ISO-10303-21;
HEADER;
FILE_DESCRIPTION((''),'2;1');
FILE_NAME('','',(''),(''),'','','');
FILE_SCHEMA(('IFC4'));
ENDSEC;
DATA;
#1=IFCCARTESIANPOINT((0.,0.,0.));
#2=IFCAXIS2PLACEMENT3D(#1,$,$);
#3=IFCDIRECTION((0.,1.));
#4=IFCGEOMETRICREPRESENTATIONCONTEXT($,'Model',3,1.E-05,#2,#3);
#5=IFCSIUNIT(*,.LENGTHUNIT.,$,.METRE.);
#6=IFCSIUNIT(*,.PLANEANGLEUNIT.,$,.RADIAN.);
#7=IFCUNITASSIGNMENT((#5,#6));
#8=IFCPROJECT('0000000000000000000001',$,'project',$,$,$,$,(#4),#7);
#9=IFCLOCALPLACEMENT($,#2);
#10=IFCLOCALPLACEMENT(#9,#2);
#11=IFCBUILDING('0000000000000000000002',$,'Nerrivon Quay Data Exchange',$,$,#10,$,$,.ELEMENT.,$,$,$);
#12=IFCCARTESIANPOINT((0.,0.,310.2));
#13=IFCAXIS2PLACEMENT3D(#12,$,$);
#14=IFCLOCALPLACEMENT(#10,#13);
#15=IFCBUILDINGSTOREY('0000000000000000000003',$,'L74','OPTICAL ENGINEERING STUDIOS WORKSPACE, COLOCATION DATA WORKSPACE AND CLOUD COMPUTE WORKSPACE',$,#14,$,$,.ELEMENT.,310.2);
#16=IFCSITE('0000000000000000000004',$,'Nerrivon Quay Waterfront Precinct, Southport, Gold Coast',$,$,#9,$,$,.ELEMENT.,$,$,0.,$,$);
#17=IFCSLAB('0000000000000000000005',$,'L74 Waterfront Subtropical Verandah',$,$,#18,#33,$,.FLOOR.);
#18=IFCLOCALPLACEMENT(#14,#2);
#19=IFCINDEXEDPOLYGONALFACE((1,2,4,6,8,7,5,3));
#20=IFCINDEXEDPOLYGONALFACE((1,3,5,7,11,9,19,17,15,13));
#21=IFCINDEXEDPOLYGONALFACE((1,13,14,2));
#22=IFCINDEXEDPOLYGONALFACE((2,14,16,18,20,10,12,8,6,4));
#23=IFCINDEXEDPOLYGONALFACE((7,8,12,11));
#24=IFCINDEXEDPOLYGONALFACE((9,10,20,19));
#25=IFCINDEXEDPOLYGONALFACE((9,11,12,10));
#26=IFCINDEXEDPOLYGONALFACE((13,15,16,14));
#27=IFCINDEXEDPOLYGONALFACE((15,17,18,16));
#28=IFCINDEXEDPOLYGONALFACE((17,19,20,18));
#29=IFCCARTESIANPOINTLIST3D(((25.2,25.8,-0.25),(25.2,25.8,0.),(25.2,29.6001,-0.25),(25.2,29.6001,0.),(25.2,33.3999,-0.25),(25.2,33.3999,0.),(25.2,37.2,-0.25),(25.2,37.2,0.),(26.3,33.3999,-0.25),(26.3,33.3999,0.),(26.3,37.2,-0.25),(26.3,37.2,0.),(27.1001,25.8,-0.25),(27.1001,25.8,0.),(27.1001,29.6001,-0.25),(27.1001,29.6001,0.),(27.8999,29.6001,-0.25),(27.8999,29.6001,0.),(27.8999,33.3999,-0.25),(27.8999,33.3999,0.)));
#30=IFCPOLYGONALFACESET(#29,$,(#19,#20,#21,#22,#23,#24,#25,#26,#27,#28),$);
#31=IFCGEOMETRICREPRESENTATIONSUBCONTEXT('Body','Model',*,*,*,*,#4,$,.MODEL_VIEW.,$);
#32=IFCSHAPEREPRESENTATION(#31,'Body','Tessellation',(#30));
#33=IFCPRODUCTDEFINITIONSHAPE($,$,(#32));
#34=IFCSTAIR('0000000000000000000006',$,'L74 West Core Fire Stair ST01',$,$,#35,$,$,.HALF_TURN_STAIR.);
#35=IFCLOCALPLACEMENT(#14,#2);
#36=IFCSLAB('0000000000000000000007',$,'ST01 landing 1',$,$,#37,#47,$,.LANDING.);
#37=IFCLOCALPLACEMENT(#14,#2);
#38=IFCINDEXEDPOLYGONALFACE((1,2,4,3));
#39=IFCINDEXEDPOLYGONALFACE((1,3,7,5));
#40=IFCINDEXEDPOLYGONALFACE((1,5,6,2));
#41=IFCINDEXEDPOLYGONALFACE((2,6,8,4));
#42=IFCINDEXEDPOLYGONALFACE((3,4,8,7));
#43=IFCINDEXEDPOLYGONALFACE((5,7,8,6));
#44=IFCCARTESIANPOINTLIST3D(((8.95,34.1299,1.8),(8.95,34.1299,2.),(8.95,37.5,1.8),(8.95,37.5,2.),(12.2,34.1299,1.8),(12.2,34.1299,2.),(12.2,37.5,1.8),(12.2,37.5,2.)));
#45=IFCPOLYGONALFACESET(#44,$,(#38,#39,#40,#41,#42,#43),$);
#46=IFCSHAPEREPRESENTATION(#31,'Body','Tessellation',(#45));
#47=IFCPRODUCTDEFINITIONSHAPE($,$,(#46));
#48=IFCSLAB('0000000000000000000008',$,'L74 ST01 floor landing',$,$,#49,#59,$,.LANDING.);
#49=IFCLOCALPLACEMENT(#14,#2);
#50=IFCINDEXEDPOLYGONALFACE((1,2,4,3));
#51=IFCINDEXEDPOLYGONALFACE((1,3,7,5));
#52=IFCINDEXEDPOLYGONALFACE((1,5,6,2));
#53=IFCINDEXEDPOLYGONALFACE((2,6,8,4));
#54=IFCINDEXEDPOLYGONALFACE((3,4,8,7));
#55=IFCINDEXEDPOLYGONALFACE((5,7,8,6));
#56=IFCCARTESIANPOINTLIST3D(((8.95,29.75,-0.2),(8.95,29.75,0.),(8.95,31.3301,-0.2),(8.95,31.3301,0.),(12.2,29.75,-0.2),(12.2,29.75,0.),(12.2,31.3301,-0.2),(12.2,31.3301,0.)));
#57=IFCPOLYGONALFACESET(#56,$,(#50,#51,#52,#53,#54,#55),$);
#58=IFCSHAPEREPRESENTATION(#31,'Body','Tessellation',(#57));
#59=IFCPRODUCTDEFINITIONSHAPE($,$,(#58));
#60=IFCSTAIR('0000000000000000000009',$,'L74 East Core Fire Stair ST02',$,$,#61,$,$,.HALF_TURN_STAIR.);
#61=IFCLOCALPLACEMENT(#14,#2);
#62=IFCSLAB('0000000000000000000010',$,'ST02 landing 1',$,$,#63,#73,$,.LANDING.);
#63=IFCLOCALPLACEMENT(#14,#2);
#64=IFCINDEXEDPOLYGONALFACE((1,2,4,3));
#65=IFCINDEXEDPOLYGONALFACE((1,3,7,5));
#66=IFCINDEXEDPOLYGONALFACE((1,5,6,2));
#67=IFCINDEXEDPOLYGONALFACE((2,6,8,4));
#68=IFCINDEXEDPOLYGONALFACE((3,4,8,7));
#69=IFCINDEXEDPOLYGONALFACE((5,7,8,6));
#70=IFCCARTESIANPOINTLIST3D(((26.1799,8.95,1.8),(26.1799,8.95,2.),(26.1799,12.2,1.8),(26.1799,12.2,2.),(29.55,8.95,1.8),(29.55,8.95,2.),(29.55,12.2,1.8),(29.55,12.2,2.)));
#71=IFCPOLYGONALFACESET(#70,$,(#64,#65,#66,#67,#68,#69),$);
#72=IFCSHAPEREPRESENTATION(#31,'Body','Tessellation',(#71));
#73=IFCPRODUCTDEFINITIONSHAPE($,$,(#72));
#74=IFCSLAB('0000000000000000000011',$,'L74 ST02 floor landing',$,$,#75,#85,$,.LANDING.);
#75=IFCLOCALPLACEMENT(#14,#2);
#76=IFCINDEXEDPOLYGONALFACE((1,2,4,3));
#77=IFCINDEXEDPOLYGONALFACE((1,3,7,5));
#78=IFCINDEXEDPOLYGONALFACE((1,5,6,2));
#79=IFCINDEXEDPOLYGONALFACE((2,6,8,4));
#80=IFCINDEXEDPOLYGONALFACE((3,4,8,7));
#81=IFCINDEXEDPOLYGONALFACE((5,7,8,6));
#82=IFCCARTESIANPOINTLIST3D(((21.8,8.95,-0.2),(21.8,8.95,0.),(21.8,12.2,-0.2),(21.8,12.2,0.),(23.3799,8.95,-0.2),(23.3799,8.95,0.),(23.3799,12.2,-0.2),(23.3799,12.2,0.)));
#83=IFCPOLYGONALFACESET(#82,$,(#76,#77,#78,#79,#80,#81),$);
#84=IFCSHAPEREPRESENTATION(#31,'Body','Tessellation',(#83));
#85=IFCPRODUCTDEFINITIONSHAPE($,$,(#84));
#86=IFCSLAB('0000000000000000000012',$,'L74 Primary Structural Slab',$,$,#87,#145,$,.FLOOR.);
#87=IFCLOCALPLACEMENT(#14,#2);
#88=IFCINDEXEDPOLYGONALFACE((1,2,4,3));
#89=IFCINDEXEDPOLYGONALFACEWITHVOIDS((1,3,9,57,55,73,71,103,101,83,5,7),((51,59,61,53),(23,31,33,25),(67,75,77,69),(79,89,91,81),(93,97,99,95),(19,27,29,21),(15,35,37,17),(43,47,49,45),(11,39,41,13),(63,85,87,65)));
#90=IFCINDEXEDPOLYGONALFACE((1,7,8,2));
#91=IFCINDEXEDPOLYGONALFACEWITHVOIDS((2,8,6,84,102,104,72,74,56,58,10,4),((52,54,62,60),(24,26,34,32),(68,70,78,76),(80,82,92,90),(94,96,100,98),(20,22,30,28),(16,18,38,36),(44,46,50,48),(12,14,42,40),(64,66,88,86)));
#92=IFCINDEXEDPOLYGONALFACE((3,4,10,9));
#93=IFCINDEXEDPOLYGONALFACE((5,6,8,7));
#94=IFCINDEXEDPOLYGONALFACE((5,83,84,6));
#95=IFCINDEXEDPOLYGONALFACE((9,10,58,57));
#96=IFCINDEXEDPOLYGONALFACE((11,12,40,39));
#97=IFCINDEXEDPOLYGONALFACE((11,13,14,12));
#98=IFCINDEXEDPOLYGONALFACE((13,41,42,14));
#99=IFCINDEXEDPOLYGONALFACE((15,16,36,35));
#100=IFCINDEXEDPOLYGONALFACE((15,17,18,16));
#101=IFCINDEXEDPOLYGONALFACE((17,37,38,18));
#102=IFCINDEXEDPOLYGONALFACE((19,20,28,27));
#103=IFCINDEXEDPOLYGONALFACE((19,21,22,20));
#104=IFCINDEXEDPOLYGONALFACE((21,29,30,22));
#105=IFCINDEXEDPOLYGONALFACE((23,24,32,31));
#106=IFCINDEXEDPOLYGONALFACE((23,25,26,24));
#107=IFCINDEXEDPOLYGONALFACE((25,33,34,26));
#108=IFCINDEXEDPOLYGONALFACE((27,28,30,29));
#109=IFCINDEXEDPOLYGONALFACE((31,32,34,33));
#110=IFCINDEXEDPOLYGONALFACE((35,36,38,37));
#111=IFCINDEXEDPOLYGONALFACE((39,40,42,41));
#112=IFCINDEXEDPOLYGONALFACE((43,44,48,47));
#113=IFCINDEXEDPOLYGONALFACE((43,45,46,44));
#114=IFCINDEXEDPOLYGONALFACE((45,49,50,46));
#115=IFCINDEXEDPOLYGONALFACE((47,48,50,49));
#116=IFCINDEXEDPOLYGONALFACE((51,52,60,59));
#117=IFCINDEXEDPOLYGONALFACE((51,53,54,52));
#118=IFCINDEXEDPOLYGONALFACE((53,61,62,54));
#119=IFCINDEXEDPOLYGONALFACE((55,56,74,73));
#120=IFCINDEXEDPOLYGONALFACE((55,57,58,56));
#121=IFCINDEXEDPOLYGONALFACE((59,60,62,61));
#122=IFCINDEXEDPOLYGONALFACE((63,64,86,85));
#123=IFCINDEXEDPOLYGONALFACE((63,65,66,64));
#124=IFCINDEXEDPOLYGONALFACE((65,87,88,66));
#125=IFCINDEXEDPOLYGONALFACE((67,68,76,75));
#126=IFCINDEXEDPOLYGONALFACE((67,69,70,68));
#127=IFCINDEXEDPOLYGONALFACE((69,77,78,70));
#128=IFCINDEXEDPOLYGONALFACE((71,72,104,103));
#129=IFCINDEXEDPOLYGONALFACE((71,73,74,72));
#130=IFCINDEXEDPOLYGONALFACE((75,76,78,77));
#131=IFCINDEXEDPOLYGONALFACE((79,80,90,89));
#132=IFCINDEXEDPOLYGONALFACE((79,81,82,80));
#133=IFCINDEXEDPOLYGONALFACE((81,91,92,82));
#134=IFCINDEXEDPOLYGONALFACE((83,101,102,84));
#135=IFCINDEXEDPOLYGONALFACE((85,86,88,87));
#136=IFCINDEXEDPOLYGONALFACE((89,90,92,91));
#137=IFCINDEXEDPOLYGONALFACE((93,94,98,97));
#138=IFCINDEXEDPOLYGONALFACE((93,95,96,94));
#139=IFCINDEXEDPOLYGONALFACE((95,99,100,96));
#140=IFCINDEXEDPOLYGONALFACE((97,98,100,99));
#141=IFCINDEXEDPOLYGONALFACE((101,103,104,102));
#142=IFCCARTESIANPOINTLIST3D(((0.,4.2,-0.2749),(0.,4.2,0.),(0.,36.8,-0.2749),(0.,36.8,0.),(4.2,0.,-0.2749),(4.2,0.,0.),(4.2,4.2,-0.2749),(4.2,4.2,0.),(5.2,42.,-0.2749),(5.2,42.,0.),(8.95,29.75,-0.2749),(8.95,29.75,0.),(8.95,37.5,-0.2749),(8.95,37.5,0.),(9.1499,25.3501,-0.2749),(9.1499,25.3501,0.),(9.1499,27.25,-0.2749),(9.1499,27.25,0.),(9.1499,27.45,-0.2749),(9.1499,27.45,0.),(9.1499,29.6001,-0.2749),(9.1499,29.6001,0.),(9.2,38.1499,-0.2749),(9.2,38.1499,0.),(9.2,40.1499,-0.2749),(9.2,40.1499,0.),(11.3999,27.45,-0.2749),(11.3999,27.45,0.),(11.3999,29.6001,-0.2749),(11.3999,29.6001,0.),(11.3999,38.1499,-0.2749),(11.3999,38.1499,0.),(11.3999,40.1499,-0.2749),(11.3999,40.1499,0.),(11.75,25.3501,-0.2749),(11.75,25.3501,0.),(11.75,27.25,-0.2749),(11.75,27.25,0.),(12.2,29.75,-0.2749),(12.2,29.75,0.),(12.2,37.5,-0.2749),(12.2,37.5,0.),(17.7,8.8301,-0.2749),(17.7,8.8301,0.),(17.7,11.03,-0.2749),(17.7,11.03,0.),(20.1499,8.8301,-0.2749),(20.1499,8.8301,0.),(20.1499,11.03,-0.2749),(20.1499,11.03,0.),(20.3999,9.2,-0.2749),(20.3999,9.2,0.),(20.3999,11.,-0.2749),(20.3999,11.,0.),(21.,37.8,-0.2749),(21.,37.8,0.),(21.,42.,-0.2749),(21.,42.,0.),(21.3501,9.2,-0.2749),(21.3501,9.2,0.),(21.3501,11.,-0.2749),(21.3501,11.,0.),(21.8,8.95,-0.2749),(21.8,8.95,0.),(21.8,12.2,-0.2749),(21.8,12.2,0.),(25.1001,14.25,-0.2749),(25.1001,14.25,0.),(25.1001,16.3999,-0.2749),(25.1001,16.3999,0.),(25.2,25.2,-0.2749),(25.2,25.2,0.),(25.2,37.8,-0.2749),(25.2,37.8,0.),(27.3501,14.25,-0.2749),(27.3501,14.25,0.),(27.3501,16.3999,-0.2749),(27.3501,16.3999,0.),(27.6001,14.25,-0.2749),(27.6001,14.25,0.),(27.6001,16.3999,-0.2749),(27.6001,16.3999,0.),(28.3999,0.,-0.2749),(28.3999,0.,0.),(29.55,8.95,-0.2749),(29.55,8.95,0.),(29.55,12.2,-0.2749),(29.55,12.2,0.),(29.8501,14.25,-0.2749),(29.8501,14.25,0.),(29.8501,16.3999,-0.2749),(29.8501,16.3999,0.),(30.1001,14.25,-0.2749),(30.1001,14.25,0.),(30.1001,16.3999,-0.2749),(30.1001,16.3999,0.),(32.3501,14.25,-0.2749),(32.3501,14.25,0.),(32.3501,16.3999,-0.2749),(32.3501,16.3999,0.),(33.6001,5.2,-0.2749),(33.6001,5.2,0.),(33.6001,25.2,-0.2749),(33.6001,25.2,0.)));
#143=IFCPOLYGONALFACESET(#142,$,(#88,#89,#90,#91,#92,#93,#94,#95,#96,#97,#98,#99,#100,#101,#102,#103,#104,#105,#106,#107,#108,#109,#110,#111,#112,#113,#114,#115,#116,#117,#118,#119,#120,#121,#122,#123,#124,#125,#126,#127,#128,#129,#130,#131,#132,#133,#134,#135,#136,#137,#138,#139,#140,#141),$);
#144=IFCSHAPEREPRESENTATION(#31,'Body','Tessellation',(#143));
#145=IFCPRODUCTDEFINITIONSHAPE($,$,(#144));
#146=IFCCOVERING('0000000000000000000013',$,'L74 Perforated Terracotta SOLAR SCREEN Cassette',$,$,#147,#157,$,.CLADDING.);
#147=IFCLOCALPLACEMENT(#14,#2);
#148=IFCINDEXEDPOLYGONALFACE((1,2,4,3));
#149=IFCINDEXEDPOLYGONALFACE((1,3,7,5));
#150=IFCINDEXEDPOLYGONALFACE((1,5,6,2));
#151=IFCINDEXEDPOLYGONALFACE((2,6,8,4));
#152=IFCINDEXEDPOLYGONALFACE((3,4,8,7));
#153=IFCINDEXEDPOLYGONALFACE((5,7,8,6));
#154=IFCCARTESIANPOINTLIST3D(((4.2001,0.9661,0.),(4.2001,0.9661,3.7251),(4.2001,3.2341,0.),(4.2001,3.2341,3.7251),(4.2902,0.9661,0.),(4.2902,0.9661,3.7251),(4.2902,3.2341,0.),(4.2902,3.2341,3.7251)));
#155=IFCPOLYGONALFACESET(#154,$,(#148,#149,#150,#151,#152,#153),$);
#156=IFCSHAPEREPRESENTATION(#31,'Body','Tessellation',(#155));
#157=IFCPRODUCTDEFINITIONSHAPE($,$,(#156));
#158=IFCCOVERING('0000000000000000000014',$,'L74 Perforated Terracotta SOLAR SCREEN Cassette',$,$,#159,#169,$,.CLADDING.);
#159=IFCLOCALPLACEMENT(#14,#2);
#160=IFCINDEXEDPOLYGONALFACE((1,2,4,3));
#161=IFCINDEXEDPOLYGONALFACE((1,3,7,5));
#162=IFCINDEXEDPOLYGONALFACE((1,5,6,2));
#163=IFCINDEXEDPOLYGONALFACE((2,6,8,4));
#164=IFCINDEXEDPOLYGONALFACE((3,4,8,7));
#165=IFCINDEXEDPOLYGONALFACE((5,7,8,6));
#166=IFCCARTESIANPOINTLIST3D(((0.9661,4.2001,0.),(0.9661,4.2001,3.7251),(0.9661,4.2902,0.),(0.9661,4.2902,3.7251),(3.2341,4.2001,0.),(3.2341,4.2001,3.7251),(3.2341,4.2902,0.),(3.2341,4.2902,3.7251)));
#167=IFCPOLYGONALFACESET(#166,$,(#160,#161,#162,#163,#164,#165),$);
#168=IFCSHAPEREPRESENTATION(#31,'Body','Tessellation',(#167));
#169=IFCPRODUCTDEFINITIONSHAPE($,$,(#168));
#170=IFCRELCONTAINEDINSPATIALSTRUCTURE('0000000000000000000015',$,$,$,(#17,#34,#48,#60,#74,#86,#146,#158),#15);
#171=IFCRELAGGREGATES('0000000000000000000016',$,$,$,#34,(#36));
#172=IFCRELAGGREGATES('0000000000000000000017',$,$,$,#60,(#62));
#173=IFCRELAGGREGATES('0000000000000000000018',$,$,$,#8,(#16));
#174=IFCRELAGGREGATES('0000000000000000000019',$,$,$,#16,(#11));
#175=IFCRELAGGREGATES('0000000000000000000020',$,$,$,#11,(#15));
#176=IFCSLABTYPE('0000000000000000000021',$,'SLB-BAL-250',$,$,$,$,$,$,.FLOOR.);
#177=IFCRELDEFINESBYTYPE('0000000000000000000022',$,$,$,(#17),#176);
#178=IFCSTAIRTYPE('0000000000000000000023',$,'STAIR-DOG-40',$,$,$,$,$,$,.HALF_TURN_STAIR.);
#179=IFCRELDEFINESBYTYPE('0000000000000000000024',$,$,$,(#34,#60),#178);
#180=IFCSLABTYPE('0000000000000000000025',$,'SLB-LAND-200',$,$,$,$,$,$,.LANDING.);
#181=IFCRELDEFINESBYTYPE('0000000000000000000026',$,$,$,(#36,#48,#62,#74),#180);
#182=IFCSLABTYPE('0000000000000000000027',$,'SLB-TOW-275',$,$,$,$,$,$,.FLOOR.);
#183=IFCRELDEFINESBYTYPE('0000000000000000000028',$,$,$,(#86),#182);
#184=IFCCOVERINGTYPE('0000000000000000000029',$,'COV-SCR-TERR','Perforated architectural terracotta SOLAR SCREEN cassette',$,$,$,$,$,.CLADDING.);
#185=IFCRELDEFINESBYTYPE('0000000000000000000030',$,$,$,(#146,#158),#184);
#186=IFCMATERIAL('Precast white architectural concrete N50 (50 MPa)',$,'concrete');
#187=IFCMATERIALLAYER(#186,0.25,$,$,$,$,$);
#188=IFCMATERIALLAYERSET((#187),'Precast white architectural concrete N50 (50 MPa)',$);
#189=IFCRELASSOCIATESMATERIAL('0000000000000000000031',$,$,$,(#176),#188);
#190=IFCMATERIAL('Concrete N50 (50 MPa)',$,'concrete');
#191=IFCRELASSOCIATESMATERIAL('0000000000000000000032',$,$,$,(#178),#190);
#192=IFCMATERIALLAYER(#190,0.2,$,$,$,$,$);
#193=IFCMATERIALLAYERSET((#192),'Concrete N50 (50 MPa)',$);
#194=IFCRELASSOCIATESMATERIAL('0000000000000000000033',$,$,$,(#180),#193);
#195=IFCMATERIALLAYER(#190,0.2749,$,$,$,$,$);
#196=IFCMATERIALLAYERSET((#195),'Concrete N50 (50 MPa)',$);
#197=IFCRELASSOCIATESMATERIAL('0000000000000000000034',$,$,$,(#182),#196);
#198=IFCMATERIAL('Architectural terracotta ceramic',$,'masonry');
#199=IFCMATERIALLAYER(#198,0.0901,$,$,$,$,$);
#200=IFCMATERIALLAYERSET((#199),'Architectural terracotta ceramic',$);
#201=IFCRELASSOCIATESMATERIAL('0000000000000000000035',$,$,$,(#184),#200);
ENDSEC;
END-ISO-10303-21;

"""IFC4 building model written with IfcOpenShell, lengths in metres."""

from ifc_helpers import new_model, si_unit, direction, frame, origin, origin_2d, place, context, subcontext, project, spatial, polyline, rectangle, outline, extrude, material, layer, layer_set, type_object, element, aggregate, save


model = new_model("IFC4")

# Units and contexts
model_context = context("Model", 3, precision=1e-05, world=origin(), true_north=direction((0.0, 1.0)))
body_context = subcontext(model_context, "Body", "Model", "MODEL_VIEW")
ifc_project = project(units=[si_unit("LENGTHUNIT", "METRE"), si_unit("PLANEANGLEUNIT", "RADIAN")], contexts=[model_context])

# Site, building, storey
site_placement = place(None, origin())
site = spatial("IfcSite", under=ifc_project, at=site_placement, Name="Nerrivon Quay Waterfront Precinct, Southport, Gold Coast", CompositionType="ELEMENT", RefElevation=0.0)
building_placement = place(site_placement, origin())
building = spatial("IfcBuilding", under=site, at=building_placement, Name="Nerrivon Quay Data Exchange", CompositionType="ELEMENT")
storey_placement = place(building_placement, frame((0.0, 0.0, 310.2)))
storey = spatial("IfcBuildingStorey", under=building, at=storey_placement, Name="L74", Description="OPTICAL ENGINEERING STUDIOS WORKSPACE, COLOCATION DATA WORKSPACE AND CLOUD COMPUTE WORKSPACE", CompositionType="ELEMENT", Elevation=310.2)

# Slab
ifc_material_1 = material(Name="Precast white architectural concrete N50 (50 MPa)", Category="concrete")
ifc_layer_1 = layer(ifc_material_1, 0.25)
ifc_layer_set_1 = layer_set([ifc_layer_1], Name="Precast white architectural concrete N50 (50 MPa)")
slab_type_1 = type_object("IfcSlabType", Name="SLB-BAL-250", PredefinedType="FLOOR", material=ifc_layer_set_1)
slab_1_placement = place(storey_placement, frame((0.0, 0.0, -0.25)))
element("IfcSlab", 1, at=slab_1_placement, inside=storey, type_object=slab_type_1, Name="L74 Waterfront Subtropical Verandah", PredefinedType="FLOOR", context=body_context, shape_type="SweptSolid", body=[
    extrude(outline(polyline([(27.1001, 29.6001), (27.8999, 29.6001), (27.8999, 33.3999), (26.3, 33.3999), (26.3, 37.2), (25.2, 37.2), (25.2, 33.3999), (25.2, 29.6001), (25.2, 25.8), (27.1001, 25.8), (27.1001, 29.6001)])), origin(), (0.0, 0.0, 1.0), 0.25),
])

# Stair, slab
ifc_material_2 = material(Name="Concrete N50 (50 MPa)", Category="concrete")
stair_type = type_object("IfcStairType", Name="STAIR-DOG-40", PredefinedType="HALF_TURN_STAIR", material=ifc_material_2)
stair_1_placement = place(storey_placement, origin())
stair_1 = element("IfcStair", 2, at=stair_1_placement, inside=storey, type_object=stair_type, Name="L74 West Core Fire Stair ST01", PredefinedType="HALF_TURN_STAIR")
ifc_layer_2 = layer(ifc_material_2, 0.2)
ifc_layer_set_2 = layer_set([ifc_layer_2], Name="Concrete N50 (50 MPa)")
slab_type_2 = type_object("IfcSlabType", Name="SLB-LAND-200", PredefinedType="LANDING", material=ifc_layer_set_2)
slab_2_placement = place(storey_placement, frame((0.0, 0.0, 1.8)))
slab_2 = element("IfcSlab", 3, at=slab_2_placement, type_object=slab_type_2, Name="ST01 landing 1", PredefinedType="LANDING", context=body_context, shape_type="SweptSolid", body=[
    extrude(outline(polyline([(12.2, 34.1299), (12.2, 37.5), (8.95, 37.5), (8.95, 34.1299), (12.2, 34.1299)])), origin(), (0.0, 0.0, 1.0), 0.2),
])
aggregate(stair_1, [slab_2])

# Slab
slab_3_placement = place(storey_placement, frame((0.0, 0.0, -0.2)))
element("IfcSlab", 4, at=slab_3_placement, inside=storey, type_object=slab_type_2, Name="L74 ST01 floor landing", PredefinedType="LANDING", context=body_context, shape_type="SweptSolid", body=[
    extrude(outline(polyline([(12.2, 29.75), (12.2, 31.3301), (8.95, 31.3301), (8.95, 29.75), (12.2, 29.75)])), origin(), (0.0, 0.0, 1.0), 0.2),
])

# Stair, slab
stair_2_placement = place(storey_placement, origin())
stair_2 = element("IfcStair", 5, at=stair_2_placement, inside=storey, type_object=stair_type, Name="L74 East Core Fire Stair ST02", PredefinedType="HALF_TURN_STAIR")
slab_4_placement = place(storey_placement, frame((0.0, 0.0, 1.8)))
slab_4 = element("IfcSlab", 6, at=slab_4_placement, type_object=slab_type_2, Name="ST02 landing 1", PredefinedType="LANDING", context=body_context, shape_type="SweptSolid", body=[
    extrude(outline(polyline([(26.1799, 8.95), (29.55, 8.95), (29.55, 12.2), (26.1799, 12.2), (26.1799, 8.95)])), origin(), (0.0, 0.0, 1.0), 0.2),
])
aggregate(stair_2, [slab_4])

# Slabs
slab_5_placement = place(storey_placement, frame((0.0, 0.0, -0.2)))
element("IfcSlab", 7, at=slab_5_placement, inside=storey, type_object=slab_type_2, Name="L74 ST02 floor landing", PredefinedType="LANDING", context=body_context, shape_type="SweptSolid", body=[
    extrude(outline(polyline([(21.8, 8.95), (23.3799, 8.95), (23.3799, 12.2), (21.8, 12.2), (21.8, 8.95)])), origin(), (0.0, 0.0, 1.0), 0.2),
])
ifc_layer_3 = layer(ifc_material_2, 0.2749)
ifc_layer_set_3 = layer_set([ifc_layer_3], Name="Concrete N50 (50 MPa)")
slab_type_3 = type_object("IfcSlabType", Name="SLB-TOW-275", PredefinedType="FLOOR", material=ifc_layer_set_3)
slab_6_placement = place(storey_placement, frame((0.0, 0.0, -0.2749)))
element("IfcSlab", 8, at=slab_6_placement, inside=storey, type_object=slab_type_3, Name="L74 Primary Structural Slab", PredefinedType="FLOOR", context=body_context, shape_type="SweptSolid", body=[
    extrude(outline(polyline([(33.6001, 25.2), (25.2, 25.2), (25.2, 37.8), (21.0, 37.8), (21.0, 42.0), (5.2, 42.0), (0.0, 36.8), (0.0, 4.2), (4.2, 4.2), (4.2, 0.0), (28.3999, 0.0), (33.6001, 5.2), (33.6001, 25.2)]), holes=[polyline([(8.95, 29.75), (8.95, 37.5), (12.2, 37.5), (12.2, 29.75), (8.95, 29.75)]), polyline([(21.8, 12.2), (29.55, 12.2), (29.55, 8.95), (21.8, 8.95), (21.8, 12.2)]), polyline([(30.1001, 14.25), (30.1001, 16.3999), (32.3501, 16.3999), (32.3501, 14.25), (30.1001, 14.25)]), polyline([(27.6001, 14.25), (27.6001, 16.3999), (29.8501, 16.3999), (29.8501, 14.25), (27.6001, 14.25)]), polyline([(25.1001, 14.25), (25.1001, 16.3999), (27.3501, 16.3999), (27.3501, 14.25), (25.1001, 14.25)]), polyline([(20.3999, 9.2), (20.3999, 11.0), (21.3501, 11.0), (21.3501, 9.2), (20.3999, 9.2)]), polyline([(17.7, 8.8301), (17.7, 11.03), (20.1499, 11.03), (20.1499, 8.8301), (17.7, 8.8301)]), polyline([(9.1499, 25.3501), (9.1499, 27.25), (11.75, 27.25), (11.75, 25.3501), (9.1499, 25.3501)]), polyline([(9.1499, 27.45), (9.1499, 29.6001), (11.3999, 29.6001), (11.3999, 27.45), (9.1499, 27.45)]), polyline([(9.2, 38.1499), (9.2, 40.1499), (11.3999, 40.1499), (11.3999, 38.1499), (9.2, 38.1499)])]), origin(), (0.0, 0.0, 1.0), 0.2749),
])

# Coverings
ifc_material_3 = material(Name="Architectural terracotta ceramic", Category="masonry")
ifc_layer_4 = layer(ifc_material_3, 0.0901)
ifc_layer_set_4 = layer_set([ifc_layer_4], Name="Architectural terracotta ceramic")
covering_type = type_object("IfcCoveringType", Name="COV-SCR-TERR", Description="Perforated architectural terracotta SOLAR SCREEN cassette", PredefinedType="CLADDING", material=ifc_layer_set_4)
for number, where, z_axis, x_axis, name in (
    (9, (4.2451, 2.1001, 0.0), (0.0, 0.0, 1.0), (0.0, 1.0, 0.0), "L74 Perforated Terracotta SOLAR SCREEN Cassette"),
    (10, (2.1001, 4.2451, 0.0), (0.0, 0.0, 1.0), (-1.0, 0.0, 0.0), "L74 Perforated Terracotta SOLAR SCREEN Cassette"),
):
    element("IfcCovering", number, at=place(storey_placement, frame(where, z_axis=z_axis, x_axis=x_axis)), inside=storey, type_object=covering_type, Name=name, PredefinedType="CLADDING", context=body_context, shape_type="SweptSolid", body=[
        extrude(rectangle(XDim=2.2681, YDim=0.0901, at=origin_2d()), origin(), (0.0, 0.0, 1.0), 3.7251),
    ])

save(model, "model.ifc")
